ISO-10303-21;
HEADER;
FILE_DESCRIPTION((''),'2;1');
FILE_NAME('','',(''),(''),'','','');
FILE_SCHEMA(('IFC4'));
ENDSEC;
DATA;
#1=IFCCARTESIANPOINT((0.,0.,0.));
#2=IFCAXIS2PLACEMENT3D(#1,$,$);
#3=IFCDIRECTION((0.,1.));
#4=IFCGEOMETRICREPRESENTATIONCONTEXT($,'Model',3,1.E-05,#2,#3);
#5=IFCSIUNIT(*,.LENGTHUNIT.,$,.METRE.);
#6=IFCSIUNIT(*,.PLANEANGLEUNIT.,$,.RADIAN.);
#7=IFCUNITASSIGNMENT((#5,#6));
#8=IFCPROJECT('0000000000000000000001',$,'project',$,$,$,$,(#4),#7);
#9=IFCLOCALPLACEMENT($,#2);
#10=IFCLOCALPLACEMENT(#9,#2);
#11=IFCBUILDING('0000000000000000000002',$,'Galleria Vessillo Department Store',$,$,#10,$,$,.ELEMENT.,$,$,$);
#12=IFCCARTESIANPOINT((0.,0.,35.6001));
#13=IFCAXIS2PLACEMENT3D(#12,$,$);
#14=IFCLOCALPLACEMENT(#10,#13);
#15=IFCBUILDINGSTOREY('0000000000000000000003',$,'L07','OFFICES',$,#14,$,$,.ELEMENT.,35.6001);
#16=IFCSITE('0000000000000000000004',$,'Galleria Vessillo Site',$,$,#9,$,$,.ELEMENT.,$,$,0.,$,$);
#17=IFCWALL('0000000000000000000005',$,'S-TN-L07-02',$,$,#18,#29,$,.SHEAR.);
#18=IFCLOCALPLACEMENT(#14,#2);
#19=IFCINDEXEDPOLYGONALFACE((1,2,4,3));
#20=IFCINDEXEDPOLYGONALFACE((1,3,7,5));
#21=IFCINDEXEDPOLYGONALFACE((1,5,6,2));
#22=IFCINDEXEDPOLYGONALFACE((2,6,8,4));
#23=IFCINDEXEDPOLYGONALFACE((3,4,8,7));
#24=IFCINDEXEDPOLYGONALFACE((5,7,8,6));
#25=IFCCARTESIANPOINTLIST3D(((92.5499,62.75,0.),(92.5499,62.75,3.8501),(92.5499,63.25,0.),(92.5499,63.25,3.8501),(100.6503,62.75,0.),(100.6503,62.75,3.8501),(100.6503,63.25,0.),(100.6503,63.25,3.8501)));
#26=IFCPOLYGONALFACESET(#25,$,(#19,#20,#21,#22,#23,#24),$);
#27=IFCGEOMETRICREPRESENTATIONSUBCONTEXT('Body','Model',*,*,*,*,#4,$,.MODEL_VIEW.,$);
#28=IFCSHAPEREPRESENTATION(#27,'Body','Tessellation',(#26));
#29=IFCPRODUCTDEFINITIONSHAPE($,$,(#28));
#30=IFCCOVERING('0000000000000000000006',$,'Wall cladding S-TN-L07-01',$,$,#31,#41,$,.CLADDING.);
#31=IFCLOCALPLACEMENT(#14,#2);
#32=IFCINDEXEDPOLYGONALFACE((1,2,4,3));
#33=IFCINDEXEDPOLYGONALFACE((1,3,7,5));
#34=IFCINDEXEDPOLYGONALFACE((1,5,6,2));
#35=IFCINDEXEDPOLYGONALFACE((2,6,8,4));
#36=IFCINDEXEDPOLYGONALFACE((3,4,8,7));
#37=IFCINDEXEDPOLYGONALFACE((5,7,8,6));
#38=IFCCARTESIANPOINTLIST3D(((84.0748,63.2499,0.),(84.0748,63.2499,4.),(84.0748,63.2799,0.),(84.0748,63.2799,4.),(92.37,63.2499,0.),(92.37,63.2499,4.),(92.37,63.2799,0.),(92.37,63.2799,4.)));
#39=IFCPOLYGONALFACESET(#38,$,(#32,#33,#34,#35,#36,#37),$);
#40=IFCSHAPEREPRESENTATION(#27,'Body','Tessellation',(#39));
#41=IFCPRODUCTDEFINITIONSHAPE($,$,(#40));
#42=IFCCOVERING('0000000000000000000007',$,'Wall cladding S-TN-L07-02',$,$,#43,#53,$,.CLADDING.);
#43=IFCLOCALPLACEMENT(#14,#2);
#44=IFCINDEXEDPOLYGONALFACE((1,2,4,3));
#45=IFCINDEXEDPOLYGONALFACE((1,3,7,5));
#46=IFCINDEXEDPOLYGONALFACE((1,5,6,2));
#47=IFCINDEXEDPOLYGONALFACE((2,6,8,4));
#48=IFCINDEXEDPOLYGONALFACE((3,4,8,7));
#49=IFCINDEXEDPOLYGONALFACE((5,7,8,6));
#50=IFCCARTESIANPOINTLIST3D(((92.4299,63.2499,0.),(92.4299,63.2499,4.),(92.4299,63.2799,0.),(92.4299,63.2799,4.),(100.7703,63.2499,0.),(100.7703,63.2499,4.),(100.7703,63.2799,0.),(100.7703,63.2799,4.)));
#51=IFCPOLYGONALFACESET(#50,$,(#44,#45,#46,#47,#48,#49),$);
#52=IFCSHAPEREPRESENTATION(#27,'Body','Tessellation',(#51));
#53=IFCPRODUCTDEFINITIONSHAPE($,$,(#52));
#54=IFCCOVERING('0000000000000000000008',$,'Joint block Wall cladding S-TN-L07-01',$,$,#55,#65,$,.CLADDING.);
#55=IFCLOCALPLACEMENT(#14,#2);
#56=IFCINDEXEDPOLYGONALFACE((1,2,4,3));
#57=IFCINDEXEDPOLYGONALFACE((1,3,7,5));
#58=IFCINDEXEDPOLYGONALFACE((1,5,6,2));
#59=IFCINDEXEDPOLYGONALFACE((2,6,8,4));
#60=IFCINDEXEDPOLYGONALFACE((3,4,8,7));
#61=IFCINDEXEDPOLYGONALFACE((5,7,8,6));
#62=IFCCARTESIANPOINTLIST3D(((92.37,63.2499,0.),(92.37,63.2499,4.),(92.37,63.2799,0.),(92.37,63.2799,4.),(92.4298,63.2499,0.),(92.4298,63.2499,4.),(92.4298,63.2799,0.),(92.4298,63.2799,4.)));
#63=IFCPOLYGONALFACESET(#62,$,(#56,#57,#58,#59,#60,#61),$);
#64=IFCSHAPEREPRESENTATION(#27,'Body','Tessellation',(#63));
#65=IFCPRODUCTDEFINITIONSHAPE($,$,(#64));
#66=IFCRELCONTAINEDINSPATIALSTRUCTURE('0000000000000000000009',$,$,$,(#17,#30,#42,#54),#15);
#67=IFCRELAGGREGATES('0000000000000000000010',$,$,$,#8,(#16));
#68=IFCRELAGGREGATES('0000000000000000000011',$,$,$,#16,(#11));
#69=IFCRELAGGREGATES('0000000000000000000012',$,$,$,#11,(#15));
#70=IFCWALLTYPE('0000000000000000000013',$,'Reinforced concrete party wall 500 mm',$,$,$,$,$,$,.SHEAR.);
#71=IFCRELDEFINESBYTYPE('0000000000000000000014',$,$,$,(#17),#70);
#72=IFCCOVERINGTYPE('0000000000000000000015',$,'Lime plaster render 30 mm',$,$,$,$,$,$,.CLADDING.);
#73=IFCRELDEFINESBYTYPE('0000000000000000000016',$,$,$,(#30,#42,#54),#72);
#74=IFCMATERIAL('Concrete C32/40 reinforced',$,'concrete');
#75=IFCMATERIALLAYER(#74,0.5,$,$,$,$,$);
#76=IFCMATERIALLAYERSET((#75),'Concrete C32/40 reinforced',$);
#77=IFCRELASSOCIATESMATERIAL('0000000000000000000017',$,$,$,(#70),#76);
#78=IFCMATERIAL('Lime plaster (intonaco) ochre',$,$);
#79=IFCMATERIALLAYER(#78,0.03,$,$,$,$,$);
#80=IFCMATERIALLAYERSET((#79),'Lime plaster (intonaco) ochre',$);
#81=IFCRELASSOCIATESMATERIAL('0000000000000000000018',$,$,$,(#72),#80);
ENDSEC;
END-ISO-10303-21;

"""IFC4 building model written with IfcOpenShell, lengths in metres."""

from ifc_helpers import new_model, si_unit, direction, frame, frame_2d, origin, origin_2d, place, context, subcontext, project, spatial, rectangle, extrude, material, layer, layer_set, type_object, element, save


model = new_model("IFC4")

# Units and contexts
model_context = context("Model", 3, precision=1e-05, world=origin(), true_north=direction((0.0, 1.0)))
body_context = subcontext(model_context, "Body", "Model", "MODEL_VIEW")
ifc_project = project(units=[si_unit("LENGTHUNIT", "METRE"), si_unit("PLANEANGLEUNIT", "RADIAN")], contexts=[model_context])

# Site, building, storey
site_placement = place(None, origin())
site = spatial("IfcSite", under=ifc_project, at=site_placement, Name="Galleria Vessillo Site", CompositionType="ELEMENT", RefElevation=0.0)
building_placement = place(site_placement, origin())
building = spatial("IfcBuilding", under=site, at=building_placement, Name="Galleria Vessillo Department Store", CompositionType="ELEMENT")
storey_placement = place(building_placement, frame((0.0, 0.0, 35.6001)))
storey = spatial("IfcBuildingStorey", under=building, at=storey_placement, Name="L07", Description="OFFICES", CompositionType="ELEMENT", Elevation=35.6001)

# Wall
ifc_material_1 = material(Name="Concrete C32/40 reinforced", Category="concrete")
ifc_layer_1 = layer(ifc_material_1, 0.5)
ifc_layer_set_1 = layer_set([ifc_layer_1], Name="Concrete C32/40 reinforced")
wall_type = type_object("IfcWallType", Name="Reinforced concrete party wall 500 mm", PredefinedType="SHEAR", material=ifc_layer_set_1)
wall_1_placement = place(storey_placement, frame((92.5498, 63.0, 0.0), z_axis=(0.0, 0.0, 1.0), x_axis=(1.0, 0.0, 0.0)))
element("IfcWall", 1, at=wall_1_placement, inside=storey, type_object=wall_type, Name="S-TN-L07-02", PredefinedType="SHEAR", context=body_context, shape_type="SweptSolid", body=[
    extrude(rectangle(XDim=8.1003, YDim=0.5, at=frame_2d((4.0503, 0.0))), origin(), (0.0, 0.0, 1.0), 3.8501),
])

# Coverings
ifc_material_2 = material(Name="Lime plaster (intonaco) ochre")
ifc_layer_2 = layer(ifc_material_2, 0.03)
ifc_layer_set_2 = layer_set([ifc_layer_2], Name="Lime plaster (intonaco) ochre")
covering_type = type_object("IfcCoveringType", Name="Lime plaster render 30 mm", PredefinedType="CLADDING", material=ifc_layer_set_2)
covering_1_placement = place(storey_placement, frame((88.2224, 63.2649, 0.0), z_axis=(0.0, 0.0, 1.0), x_axis=(1.0, 0.0, 0.0)))
element("IfcCovering", 2, at=covering_1_placement, inside=storey, type_object=covering_type, Name="Wall cladding S-TN-L07-01", PredefinedType="CLADDING", context=body_context, shape_type="SweptSolid", body=[
    extrude(rectangle(XDim=8.2952, YDim=0.03, at=origin_2d()), origin(), (0.0, 0.0, 1.0), 4.0),
])
covering_2_placement = place(storey_placement, frame((96.6001, 63.2649, 0.0), z_axis=(0.0, 0.0, 1.0), x_axis=(1.0, 0.0, 0.0)))
element("IfcCovering", 3, at=covering_2_placement, inside=storey, type_object=covering_type, Name="Wall cladding S-TN-L07-02", PredefinedType="CLADDING", context=body_context, shape_type="SweptSolid", body=[
    extrude(rectangle(XDim=8.3403, YDim=0.03, at=origin_2d()), origin(), (0.0, 0.0, 1.0), 4.0),
])
covering_3_placement = place(storey_placement, frame((92.3999, 63.2649, 0.0), z_axis=(0.0, 0.0, 1.0), x_axis=(1.0, 0.0, 0.0)))
element("IfcCovering", 4, at=covering_3_placement, inside=storey, type_object=covering_type, Name="Joint block Wall cladding S-TN-L07-01", PredefinedType="CLADDING", context=body_context, shape_type="SweptSolid", body=[
    extrude(rectangle(XDim=0.0598, YDim=0.03, at=origin_2d()), origin(), (0.0, 0.0, 1.0), 4.0),
])

save(model, "model.ifc")
